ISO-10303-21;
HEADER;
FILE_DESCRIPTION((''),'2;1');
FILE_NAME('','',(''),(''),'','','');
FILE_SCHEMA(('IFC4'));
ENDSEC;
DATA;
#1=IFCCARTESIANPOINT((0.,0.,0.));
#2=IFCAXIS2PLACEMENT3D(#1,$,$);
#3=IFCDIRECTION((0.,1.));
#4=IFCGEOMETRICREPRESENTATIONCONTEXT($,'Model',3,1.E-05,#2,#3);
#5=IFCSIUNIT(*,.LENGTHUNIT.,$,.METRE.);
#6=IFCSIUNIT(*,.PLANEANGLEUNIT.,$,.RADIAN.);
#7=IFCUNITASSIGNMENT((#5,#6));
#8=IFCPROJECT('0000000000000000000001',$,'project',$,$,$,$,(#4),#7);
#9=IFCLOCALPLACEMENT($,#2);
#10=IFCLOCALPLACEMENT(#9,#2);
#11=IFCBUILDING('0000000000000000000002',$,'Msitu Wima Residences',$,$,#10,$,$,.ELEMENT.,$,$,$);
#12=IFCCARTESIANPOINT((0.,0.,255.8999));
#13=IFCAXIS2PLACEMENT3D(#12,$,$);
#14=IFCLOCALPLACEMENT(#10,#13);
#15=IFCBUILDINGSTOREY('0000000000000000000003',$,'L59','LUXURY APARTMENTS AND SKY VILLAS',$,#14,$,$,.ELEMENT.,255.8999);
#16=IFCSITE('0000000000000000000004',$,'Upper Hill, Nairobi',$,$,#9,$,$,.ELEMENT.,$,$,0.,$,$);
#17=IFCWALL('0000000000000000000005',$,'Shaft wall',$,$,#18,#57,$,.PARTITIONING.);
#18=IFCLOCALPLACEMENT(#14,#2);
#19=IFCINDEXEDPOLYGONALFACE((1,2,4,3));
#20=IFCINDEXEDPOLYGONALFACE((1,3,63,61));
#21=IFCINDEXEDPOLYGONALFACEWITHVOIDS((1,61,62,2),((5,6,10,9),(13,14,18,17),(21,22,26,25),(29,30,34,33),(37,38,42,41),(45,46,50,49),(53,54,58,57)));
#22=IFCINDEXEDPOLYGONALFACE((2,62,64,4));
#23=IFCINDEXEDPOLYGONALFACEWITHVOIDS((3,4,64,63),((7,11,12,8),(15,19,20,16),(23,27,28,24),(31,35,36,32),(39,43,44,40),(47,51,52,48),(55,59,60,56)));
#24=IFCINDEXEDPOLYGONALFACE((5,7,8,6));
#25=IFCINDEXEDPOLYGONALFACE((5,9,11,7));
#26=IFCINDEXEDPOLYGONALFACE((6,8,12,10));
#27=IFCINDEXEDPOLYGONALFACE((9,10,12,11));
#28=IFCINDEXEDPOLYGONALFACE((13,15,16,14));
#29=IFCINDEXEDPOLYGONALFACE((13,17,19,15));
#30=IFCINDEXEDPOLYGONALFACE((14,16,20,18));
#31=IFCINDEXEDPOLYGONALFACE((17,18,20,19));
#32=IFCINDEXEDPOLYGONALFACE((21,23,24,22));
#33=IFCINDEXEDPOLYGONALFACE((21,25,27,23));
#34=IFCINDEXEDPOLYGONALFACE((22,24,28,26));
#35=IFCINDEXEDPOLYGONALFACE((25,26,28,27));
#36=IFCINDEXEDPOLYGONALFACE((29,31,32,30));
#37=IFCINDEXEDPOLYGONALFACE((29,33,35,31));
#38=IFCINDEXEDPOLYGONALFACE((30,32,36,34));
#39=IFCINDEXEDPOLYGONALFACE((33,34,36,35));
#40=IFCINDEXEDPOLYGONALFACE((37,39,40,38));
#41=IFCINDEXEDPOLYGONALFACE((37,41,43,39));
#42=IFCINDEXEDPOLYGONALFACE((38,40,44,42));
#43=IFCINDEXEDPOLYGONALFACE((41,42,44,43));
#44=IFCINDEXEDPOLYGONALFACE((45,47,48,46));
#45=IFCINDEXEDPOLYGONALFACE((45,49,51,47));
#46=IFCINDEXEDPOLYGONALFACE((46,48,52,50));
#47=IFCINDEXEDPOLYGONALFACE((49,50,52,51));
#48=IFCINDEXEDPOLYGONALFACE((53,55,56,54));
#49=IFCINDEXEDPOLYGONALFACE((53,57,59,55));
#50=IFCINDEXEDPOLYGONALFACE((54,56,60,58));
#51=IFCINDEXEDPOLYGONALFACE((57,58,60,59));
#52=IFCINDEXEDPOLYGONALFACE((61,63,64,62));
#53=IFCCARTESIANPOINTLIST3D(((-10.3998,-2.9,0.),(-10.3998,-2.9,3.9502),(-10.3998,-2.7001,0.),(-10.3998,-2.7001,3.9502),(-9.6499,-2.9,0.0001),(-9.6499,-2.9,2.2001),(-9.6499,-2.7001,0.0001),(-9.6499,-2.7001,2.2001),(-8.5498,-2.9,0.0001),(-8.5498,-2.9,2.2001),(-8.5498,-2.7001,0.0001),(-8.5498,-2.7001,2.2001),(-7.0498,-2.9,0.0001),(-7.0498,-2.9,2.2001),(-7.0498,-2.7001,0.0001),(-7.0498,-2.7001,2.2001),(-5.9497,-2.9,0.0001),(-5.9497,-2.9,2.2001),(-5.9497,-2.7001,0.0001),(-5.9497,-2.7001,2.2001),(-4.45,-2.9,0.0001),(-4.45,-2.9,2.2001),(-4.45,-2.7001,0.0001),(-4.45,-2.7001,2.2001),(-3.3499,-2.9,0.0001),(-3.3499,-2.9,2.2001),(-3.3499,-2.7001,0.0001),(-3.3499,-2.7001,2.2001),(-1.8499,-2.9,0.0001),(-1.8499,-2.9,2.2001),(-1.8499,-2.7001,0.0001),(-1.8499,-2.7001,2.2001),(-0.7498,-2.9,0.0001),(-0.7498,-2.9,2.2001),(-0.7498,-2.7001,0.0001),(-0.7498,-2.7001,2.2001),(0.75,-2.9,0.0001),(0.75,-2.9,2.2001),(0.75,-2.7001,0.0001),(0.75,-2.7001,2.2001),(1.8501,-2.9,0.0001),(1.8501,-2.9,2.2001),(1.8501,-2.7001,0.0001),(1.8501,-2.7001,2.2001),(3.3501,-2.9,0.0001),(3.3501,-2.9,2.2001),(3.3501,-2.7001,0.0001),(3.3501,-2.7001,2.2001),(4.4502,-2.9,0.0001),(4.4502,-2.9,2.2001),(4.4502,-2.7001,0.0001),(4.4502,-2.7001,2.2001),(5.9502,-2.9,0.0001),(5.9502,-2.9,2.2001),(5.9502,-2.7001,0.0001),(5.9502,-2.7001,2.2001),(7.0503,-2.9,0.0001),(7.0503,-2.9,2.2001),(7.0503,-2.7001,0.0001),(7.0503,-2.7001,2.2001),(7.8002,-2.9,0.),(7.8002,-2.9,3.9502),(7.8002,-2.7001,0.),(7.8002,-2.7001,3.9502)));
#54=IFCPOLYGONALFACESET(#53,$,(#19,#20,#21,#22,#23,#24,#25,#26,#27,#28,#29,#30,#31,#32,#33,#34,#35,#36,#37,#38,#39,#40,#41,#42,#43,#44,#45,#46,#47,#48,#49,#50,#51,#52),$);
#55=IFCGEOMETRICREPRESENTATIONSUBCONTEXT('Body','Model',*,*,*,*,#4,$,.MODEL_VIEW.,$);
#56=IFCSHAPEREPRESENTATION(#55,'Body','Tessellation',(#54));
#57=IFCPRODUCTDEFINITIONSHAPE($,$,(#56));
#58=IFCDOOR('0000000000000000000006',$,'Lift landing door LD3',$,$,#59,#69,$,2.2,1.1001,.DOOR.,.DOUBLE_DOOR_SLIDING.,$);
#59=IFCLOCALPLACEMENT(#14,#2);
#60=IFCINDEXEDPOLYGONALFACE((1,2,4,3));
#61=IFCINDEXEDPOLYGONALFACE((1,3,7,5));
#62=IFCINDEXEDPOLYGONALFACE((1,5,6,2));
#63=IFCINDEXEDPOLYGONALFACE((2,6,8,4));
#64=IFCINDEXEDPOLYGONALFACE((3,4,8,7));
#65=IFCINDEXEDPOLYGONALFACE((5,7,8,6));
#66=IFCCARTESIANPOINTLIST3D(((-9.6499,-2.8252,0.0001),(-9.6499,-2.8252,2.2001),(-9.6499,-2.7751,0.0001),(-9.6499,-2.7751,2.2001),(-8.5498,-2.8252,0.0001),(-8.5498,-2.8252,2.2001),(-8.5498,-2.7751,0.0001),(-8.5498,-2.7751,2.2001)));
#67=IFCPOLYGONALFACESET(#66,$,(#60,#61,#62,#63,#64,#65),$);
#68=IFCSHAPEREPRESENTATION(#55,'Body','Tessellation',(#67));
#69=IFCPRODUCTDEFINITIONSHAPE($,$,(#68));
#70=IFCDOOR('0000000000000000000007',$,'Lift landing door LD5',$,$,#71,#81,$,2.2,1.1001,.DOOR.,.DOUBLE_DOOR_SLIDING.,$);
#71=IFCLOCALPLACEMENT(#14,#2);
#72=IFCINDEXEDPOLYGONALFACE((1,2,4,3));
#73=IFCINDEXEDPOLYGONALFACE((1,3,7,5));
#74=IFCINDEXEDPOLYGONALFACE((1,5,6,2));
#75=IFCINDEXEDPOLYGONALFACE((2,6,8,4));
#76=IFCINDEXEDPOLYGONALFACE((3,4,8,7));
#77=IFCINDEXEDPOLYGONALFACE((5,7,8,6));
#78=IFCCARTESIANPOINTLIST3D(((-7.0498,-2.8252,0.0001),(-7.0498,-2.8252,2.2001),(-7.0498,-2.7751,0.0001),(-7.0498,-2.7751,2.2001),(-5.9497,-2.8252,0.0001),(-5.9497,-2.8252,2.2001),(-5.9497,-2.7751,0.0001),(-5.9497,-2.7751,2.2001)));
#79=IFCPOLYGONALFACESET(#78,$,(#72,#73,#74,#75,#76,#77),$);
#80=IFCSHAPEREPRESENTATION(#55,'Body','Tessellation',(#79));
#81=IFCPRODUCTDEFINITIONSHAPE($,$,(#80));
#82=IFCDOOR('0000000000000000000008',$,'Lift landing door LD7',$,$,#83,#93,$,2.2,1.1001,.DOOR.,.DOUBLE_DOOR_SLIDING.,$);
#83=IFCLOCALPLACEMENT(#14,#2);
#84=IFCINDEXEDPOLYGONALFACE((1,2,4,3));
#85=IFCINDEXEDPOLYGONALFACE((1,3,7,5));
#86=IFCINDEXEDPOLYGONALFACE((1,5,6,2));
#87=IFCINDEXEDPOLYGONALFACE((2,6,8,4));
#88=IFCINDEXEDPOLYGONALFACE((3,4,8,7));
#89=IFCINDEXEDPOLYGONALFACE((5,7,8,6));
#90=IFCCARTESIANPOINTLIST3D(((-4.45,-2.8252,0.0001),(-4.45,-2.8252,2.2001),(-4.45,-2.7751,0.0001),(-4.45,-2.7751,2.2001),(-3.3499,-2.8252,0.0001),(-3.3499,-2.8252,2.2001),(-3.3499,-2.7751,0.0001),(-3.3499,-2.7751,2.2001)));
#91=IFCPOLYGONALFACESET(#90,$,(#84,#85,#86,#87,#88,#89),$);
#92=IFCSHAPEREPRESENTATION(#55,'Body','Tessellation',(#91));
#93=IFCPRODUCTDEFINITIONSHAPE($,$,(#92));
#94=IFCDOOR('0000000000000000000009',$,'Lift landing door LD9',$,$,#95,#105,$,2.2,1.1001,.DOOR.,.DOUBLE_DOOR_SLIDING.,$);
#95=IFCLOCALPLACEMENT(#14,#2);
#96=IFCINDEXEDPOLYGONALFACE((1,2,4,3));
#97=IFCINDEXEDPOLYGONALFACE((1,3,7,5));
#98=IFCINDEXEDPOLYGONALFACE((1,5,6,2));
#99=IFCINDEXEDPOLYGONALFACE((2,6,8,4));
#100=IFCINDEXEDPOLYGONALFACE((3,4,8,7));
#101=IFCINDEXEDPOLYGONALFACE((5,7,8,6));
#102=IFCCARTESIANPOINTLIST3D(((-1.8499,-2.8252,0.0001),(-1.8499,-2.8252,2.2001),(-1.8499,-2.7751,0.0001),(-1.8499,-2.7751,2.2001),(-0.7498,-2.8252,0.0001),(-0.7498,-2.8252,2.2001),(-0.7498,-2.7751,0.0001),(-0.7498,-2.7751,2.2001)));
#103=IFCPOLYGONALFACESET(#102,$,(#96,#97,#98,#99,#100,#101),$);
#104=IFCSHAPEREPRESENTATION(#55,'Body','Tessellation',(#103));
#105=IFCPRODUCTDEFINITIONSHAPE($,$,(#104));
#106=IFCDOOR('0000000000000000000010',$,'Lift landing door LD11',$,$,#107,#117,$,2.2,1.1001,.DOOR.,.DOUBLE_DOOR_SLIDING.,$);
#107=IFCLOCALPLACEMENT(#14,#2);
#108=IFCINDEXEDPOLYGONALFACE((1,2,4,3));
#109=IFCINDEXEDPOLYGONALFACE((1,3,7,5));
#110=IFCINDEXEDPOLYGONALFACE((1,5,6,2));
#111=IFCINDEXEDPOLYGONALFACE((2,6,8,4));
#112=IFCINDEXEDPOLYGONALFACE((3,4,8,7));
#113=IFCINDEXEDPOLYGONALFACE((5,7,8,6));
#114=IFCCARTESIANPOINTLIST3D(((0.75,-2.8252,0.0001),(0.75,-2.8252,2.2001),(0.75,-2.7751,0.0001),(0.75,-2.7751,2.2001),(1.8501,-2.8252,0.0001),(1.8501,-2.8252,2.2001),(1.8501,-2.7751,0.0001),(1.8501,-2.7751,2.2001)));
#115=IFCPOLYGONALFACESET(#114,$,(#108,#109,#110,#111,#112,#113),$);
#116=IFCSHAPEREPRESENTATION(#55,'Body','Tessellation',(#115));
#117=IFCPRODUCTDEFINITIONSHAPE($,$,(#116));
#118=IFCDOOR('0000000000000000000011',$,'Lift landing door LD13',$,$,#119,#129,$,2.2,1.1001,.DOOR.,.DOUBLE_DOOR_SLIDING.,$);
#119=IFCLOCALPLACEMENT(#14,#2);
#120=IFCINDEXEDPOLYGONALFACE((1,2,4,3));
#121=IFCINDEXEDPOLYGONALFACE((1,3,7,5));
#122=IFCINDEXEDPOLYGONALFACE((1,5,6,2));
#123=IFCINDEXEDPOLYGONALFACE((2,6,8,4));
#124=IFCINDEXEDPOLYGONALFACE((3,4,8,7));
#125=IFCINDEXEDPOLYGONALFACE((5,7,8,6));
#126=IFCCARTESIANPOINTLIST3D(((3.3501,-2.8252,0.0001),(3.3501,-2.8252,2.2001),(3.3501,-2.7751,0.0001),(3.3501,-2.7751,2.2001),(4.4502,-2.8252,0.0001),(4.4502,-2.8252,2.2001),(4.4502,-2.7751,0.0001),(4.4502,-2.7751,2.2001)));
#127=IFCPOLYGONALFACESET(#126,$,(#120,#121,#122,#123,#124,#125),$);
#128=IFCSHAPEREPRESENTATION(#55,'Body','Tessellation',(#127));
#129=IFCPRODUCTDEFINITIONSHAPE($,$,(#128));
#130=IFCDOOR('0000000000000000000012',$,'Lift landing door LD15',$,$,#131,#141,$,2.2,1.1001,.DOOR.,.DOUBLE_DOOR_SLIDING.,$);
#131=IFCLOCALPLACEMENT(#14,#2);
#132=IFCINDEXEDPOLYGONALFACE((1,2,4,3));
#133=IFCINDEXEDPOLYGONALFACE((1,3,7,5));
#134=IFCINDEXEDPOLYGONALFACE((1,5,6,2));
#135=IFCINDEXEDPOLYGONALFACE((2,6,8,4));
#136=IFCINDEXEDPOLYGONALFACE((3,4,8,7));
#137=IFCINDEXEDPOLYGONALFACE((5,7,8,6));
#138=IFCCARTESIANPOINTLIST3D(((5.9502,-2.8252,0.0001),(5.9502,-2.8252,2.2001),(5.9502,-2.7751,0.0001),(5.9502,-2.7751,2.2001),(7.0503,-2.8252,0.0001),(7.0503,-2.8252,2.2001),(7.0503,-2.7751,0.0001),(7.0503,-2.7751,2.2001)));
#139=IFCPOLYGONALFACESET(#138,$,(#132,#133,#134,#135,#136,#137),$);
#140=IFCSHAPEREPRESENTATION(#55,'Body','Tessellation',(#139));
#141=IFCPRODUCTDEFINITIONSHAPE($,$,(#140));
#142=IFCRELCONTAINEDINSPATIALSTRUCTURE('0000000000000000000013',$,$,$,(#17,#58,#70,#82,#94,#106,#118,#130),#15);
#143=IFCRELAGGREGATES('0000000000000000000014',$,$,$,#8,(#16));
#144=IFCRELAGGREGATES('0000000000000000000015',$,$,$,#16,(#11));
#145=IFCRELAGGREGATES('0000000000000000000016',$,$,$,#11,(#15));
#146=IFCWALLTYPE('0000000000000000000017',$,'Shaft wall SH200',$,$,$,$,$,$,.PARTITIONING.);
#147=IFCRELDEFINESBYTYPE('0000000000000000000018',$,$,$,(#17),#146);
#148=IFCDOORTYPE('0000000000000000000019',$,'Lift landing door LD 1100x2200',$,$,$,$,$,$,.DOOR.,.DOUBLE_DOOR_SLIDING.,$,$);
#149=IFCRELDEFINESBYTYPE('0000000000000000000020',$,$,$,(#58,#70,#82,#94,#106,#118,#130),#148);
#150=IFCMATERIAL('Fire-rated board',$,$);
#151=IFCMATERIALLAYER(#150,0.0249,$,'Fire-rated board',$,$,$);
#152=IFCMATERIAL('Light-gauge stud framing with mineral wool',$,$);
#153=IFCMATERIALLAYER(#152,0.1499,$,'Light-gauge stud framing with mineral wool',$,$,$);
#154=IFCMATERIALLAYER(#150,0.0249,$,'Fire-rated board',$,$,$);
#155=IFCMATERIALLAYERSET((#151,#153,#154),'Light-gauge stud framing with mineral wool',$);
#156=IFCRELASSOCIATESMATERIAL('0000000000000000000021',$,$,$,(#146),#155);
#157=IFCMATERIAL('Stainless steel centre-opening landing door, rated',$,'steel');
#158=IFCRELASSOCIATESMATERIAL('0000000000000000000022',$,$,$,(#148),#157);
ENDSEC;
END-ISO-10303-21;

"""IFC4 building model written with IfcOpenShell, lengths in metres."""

from ifc_helpers import new_model, si_unit, direction, frame, frame_2d, origin, place, context, subcontext, project, spatial, rectangle, extrude, material, layer, layer_set, type_object, element, fill, save


model = new_model("IFC4")

# Units and contexts
model_context = context("Model", 3, precision=1e-05, world=origin(), true_north=direction((0.0, 1.0)))
body_context = subcontext(model_context, "Body", "Model", "MODEL_VIEW")
ifc_project = project(units=[si_unit("LENGTHUNIT", "METRE"), si_unit("PLANEANGLEUNIT", "RADIAN")], contexts=[model_context])

# Site, building, storey
site_placement = place(None, origin())
site = spatial("IfcSite", under=ifc_project, at=site_placement, Name="Upper Hill, Nairobi", CompositionType="ELEMENT", RefElevation=0.0)
building_placement = place(site_placement, origin())
building = spatial("IfcBuilding", under=site, at=building_placement, Name="Msitu Wima Residences", CompositionType="ELEMENT")
storey_placement = place(building_placement, frame((0.0, 0.0, 255.8999)))
storey = spatial("IfcBuildingStorey", under=building, at=storey_placement, Name="L59", Description="LUXURY APARTMENTS AND SKY VILLAS", CompositionType="ELEMENT", Elevation=255.8999)

# Shared definitions
ifc_material_1 = material(Name="Fire-rated board")
ifc_layer_1 = layer(ifc_material_1, 0.0249, Name="Fire-rated board")
ifc_material_2 = material(Name="Light-gauge stud framing with mineral wool")
ifc_layer_2 = layer(ifc_material_2, 0.1499, Name="Light-gauge stud framing with mineral wool")
ifc_layer_3 = layer(ifc_material_1, 0.0249, Name="Fire-rated board")
ifc_layer_set_1 = layer_set([ifc_layer_1, ifc_layer_2, ifc_layer_3], Name="Light-gauge stud framing with mineral wool")
wall_type_1 = type_object("IfcWallType", Name="Shaft wall SH200", PredefinedType="PARTITIONING", material=ifc_layer_set_1)

# Wall, openings, doors
wall_1_placement = place(storey_placement, frame((-10.3999, -2.8, 0.0), z_axis=(0.0, 0.0, 1.0), x_axis=(1.0, 0.0, 0.0)))
wall_1 = element("IfcWall", 1, at=wall_1_placement, inside=storey, type_object=wall_type_1, Name="Shaft wall", PredefinedType="PARTITIONING", context=body_context, shape_type="SweptSolid", body=[
    extrude(rectangle(XDim=18.2, YDim=0.2, at=frame_2d((9.1001, 0.0))), origin(), (0.0, 0.0, 1.0), 3.9502),
])
opening_1_placement = place(wall_1_placement, frame((0.75, 0.0, 0.0)))
opening_1 = element("IfcOpeningElement", 2, at=opening_1_placement, cuts=wall_1, PredefinedType="OPENING", context=body_context, shape_type="SweptSolid", body=[
    extrude(rectangle(XDim=1.1001, YDim=2.2, at=frame_2d((0.55, 1.1001))), frame((0.0, 0.1099, 0.0), z_axis=(0.0, -1.0, 0.0), x_axis=(1.0, 0.0, 0.0)), (0.0, 0.0, 1.0), 0.22),
])
opening_2_placement = place(wall_1_placement, frame((3.3501, 0.0, 0.0)))
opening_2 = element("IfcOpeningElement", 3, at=opening_2_placement, cuts=wall_1, PredefinedType="OPENING", context=body_context, shape_type="SweptSolid", body=[
    extrude(rectangle(XDim=1.1001, YDim=2.2, at=frame_2d((0.55, 1.1001))), frame((0.0, 0.1099, 0.0), z_axis=(0.0, -1.0, 0.0), x_axis=(1.0, 0.0, 0.0)), (0.0, 0.0, 1.0), 0.22),
])
opening_3_placement = place(wall_1_placement, frame((5.95, 0.0, 0.0)))
opening_3 = element("IfcOpeningElement", 4, at=opening_3_placement, cuts=wall_1, PredefinedType="OPENING", context=body_context, shape_type="SweptSolid", body=[
    extrude(rectangle(XDim=1.1001, YDim=2.2, at=frame_2d((0.55, 1.1001))), frame((0.0, 0.1099, 0.0), z_axis=(0.0, -1.0, 0.0), x_axis=(1.0, 0.0, 0.0)), (0.0, 0.0, 1.0), 0.22),
])
opening_4_placement = place(wall_1_placement, frame((8.55, 0.0, 0.0)))
opening_4 = element("IfcOpeningElement", 5, at=opening_4_placement, cuts=wall_1, PredefinedType="OPENING", context=body_context, shape_type="SweptSolid", body=[
    extrude(rectangle(XDim=1.1001, YDim=2.2, at=frame_2d((0.55, 1.1001))), frame((0.0, 0.1099, 0.0), z_axis=(0.0, -1.0, 0.0), x_axis=(1.0, 0.0, 0.0)), (0.0, 0.0, 1.0), 0.22),
])
opening_5_placement = place(wall_1_placement, frame((11.1499, 0.0, 0.0)))
opening_5 = element("IfcOpeningElement", 6, at=opening_5_placement, cuts=wall_1, PredefinedType="OPENING", context=body_context, shape_type="SweptSolid", body=[
    extrude(rectangle(XDim=1.1001, YDim=2.2, at=frame_2d((0.55, 1.1001))), frame((0.0, 0.1099, 0.0), z_axis=(0.0, -1.0, 0.0), x_axis=(1.0, 0.0, 0.0)), (0.0, 0.0, 1.0), 0.22),
])
opening_6_placement = place(wall_1_placement, frame((13.75, 0.0, 0.0)))
opening_6 = element("IfcOpeningElement", 7, at=opening_6_placement, cuts=wall_1, PredefinedType="OPENING", context=body_context, shape_type="SweptSolid", body=[
    extrude(rectangle(XDim=1.1001, YDim=2.2, at=frame_2d((0.55, 1.1001))), frame((0.0, 0.1099, 0.0), z_axis=(0.0, -1.0, 0.0), x_axis=(1.0, 0.0, 0.0)), (0.0, 0.0, 1.0), 0.22),
])
opening_7_placement = place(wall_1_placement, frame((16.3501, 0.0, 0.0)))
opening_7 = element("IfcOpeningElement", 8, at=opening_7_placement, cuts=wall_1, PredefinedType="OPENING", context=body_context, shape_type="SweptSolid", body=[
    extrude(rectangle(XDim=1.1001, YDim=2.2, at=frame_2d((0.55, 1.1001))), frame((0.0, 0.1099, 0.0), z_axis=(0.0, -1.0, 0.0), x_axis=(1.0, 0.0, 0.0)), (0.0, 0.0, 1.0), 0.22),
])
ifc_material_3 = material(Name="Stainless steel centre-opening landing door, rated", Category="steel")
door_type_1 = type_object("IfcDoorType", Name="Lift landing door LD 1100x2200", OperationType="DOUBLE_DOOR_SLIDING", PredefinedType="DOOR", material=ifc_material_3)
door_1_placement = place(opening_1_placement, origin())
door_1 = element("IfcDoor", 9, at=door_1_placement, inside=storey, type_object=door_type_1, Name="Lift landing door LD3", OperationType="DOUBLE_DOOR_SLIDING", OverallHeight=2.2, OverallWidth=1.1001, PredefinedType="DOOR", context=body_context, shape_type="SweptSolid", body=[
    extrude(rectangle(XDim=1.1001, YDim=2.2, at=frame_2d((0.55, 1.1001))), frame((0.0, 0.0249, 0.0), z_axis=(0.0, -1.0, 0.0), x_axis=(1.0, 0.0, 0.0)), (0.0, 0.0, 1.0), 0.05),
])
fill(opening_1, door_1)
door_2_placement = place(opening_2_placement, origin())
door_2 = element("IfcDoor", 10, at=door_2_placement, inside=storey, type_object=door_type_1, Name="Lift landing door LD5", OperationType="DOUBLE_DOOR_SLIDING", OverallHeight=2.2, OverallWidth=1.1001, PredefinedType="DOOR", context=body_context, shape_type="SweptSolid", body=[
    extrude(rectangle(XDim=1.1001, YDim=2.2, at=frame_2d((0.55, 1.1001))), frame((0.0, 0.0249, 0.0), z_axis=(0.0, -1.0, 0.0), x_axis=(1.0, 0.0, 0.0)), (0.0, 0.0, 1.0), 0.05),
])
fill(opening_2, door_2)
door_3_placement = place(opening_3_placement, origin())
door_3 = element("IfcDoor", 11, at=door_3_placement, inside=storey, type_object=door_type_1, Name="Lift landing door LD7", OperationType="DOUBLE_DOOR_SLIDING", OverallHeight=2.2, OverallWidth=1.1001, PredefinedType="DOOR", context=body_context, shape_type="SweptSolid", body=[
    extrude(rectangle(XDim=1.1001, YDim=2.2, at=frame_2d((0.55, 1.1001))), frame((0.0, 0.0249, 0.0), z_axis=(0.0, -1.0, 0.0), x_axis=(1.0, 0.0, 0.0)), (0.0, 0.0, 1.0), 0.05),
])
fill(opening_3, door_3)
door_4_placement = place(opening_4_placement, origin())
door_4 = element("IfcDoor", 12, at=door_4_placement, inside=storey, type_object=door_type_1, Name="Lift landing door LD9", OperationType="DOUBLE_DOOR_SLIDING", OverallHeight=2.2, OverallWidth=1.1001, PredefinedType="DOOR", context=body_context, shape_type="SweptSolid", body=[
    extrude(rectangle(XDim=1.1001, YDim=2.2, at=frame_2d((0.55, 1.1001))), frame((0.0, 0.0249, 0.0), z_axis=(0.0, -1.0, 0.0), x_axis=(1.0, 0.0, 0.0)), (0.0, 0.0, 1.0), 0.05),
])
fill(opening_4, door_4)
door_5_placement = place(opening_5_placement, origin())
door_5 = element("IfcDoor", 13, at=door_5_placement, inside=storey, type_object=door_type_1, Name="Lift landing door LD11", OperationType="DOUBLE_DOOR_SLIDING", OverallHeight=2.2, OverallWidth=1.1001, PredefinedType="DOOR", context=body_context, shape_type="SweptSolid", body=[
    extrude(rectangle(XDim=1.1001, YDim=2.2, at=frame_2d((0.55, 1.1001))), frame((0.0, 0.0249, 0.0), z_axis=(0.0, -1.0, 0.0), x_axis=(1.0, 0.0, 0.0)), (0.0, 0.0, 1.0), 0.05),
])
fill(opening_5, door_5)
door_6_placement = place(opening_6_placement, origin())
door_6 = element("IfcDoor", 14, at=door_6_placement, inside=storey, type_object=door_type_1, Name="Lift landing door LD13", OperationType="DOUBLE_DOOR_SLIDING", OverallHeight=2.2, OverallWidth=1.1001, PredefinedType="DOOR", context=body_context, shape_type="SweptSolid", body=[
    extrude(rectangle(XDim=1.1001, YDim=2.2, at=frame_2d((0.55, 1.1001))), frame((0.0, 0.0249, 0.0), z_axis=(0.0, -1.0, 0.0), x_axis=(1.0, 0.0, 0.0)), (0.0, 0.0, 1.0), 0.05),
])
fill(opening_6, door_6)
door_7_placement = place(opening_7_placement, origin())
door_7 = element("IfcDoor", 15, at=door_7_placement, inside=storey, type_object=door_type_1, Name="Lift landing door LD15", OperationType="DOUBLE_DOOR_SLIDING", OverallHeight=2.2, OverallWidth=1.1001, PredefinedType="DOOR", context=body_context, shape_type="SweptSolid", body=[
    extrude(rectangle(XDim=1.1001, YDim=2.2, at=frame_2d((0.55, 1.1001))), frame((0.0, 0.0249, 0.0), z_axis=(0.0, -1.0, 0.0), x_axis=(1.0, 0.0, 0.0)), (0.0, 0.0, 1.0), 0.05),
])
fill(opening_7, door_7)

save(model, "model.ifc")
